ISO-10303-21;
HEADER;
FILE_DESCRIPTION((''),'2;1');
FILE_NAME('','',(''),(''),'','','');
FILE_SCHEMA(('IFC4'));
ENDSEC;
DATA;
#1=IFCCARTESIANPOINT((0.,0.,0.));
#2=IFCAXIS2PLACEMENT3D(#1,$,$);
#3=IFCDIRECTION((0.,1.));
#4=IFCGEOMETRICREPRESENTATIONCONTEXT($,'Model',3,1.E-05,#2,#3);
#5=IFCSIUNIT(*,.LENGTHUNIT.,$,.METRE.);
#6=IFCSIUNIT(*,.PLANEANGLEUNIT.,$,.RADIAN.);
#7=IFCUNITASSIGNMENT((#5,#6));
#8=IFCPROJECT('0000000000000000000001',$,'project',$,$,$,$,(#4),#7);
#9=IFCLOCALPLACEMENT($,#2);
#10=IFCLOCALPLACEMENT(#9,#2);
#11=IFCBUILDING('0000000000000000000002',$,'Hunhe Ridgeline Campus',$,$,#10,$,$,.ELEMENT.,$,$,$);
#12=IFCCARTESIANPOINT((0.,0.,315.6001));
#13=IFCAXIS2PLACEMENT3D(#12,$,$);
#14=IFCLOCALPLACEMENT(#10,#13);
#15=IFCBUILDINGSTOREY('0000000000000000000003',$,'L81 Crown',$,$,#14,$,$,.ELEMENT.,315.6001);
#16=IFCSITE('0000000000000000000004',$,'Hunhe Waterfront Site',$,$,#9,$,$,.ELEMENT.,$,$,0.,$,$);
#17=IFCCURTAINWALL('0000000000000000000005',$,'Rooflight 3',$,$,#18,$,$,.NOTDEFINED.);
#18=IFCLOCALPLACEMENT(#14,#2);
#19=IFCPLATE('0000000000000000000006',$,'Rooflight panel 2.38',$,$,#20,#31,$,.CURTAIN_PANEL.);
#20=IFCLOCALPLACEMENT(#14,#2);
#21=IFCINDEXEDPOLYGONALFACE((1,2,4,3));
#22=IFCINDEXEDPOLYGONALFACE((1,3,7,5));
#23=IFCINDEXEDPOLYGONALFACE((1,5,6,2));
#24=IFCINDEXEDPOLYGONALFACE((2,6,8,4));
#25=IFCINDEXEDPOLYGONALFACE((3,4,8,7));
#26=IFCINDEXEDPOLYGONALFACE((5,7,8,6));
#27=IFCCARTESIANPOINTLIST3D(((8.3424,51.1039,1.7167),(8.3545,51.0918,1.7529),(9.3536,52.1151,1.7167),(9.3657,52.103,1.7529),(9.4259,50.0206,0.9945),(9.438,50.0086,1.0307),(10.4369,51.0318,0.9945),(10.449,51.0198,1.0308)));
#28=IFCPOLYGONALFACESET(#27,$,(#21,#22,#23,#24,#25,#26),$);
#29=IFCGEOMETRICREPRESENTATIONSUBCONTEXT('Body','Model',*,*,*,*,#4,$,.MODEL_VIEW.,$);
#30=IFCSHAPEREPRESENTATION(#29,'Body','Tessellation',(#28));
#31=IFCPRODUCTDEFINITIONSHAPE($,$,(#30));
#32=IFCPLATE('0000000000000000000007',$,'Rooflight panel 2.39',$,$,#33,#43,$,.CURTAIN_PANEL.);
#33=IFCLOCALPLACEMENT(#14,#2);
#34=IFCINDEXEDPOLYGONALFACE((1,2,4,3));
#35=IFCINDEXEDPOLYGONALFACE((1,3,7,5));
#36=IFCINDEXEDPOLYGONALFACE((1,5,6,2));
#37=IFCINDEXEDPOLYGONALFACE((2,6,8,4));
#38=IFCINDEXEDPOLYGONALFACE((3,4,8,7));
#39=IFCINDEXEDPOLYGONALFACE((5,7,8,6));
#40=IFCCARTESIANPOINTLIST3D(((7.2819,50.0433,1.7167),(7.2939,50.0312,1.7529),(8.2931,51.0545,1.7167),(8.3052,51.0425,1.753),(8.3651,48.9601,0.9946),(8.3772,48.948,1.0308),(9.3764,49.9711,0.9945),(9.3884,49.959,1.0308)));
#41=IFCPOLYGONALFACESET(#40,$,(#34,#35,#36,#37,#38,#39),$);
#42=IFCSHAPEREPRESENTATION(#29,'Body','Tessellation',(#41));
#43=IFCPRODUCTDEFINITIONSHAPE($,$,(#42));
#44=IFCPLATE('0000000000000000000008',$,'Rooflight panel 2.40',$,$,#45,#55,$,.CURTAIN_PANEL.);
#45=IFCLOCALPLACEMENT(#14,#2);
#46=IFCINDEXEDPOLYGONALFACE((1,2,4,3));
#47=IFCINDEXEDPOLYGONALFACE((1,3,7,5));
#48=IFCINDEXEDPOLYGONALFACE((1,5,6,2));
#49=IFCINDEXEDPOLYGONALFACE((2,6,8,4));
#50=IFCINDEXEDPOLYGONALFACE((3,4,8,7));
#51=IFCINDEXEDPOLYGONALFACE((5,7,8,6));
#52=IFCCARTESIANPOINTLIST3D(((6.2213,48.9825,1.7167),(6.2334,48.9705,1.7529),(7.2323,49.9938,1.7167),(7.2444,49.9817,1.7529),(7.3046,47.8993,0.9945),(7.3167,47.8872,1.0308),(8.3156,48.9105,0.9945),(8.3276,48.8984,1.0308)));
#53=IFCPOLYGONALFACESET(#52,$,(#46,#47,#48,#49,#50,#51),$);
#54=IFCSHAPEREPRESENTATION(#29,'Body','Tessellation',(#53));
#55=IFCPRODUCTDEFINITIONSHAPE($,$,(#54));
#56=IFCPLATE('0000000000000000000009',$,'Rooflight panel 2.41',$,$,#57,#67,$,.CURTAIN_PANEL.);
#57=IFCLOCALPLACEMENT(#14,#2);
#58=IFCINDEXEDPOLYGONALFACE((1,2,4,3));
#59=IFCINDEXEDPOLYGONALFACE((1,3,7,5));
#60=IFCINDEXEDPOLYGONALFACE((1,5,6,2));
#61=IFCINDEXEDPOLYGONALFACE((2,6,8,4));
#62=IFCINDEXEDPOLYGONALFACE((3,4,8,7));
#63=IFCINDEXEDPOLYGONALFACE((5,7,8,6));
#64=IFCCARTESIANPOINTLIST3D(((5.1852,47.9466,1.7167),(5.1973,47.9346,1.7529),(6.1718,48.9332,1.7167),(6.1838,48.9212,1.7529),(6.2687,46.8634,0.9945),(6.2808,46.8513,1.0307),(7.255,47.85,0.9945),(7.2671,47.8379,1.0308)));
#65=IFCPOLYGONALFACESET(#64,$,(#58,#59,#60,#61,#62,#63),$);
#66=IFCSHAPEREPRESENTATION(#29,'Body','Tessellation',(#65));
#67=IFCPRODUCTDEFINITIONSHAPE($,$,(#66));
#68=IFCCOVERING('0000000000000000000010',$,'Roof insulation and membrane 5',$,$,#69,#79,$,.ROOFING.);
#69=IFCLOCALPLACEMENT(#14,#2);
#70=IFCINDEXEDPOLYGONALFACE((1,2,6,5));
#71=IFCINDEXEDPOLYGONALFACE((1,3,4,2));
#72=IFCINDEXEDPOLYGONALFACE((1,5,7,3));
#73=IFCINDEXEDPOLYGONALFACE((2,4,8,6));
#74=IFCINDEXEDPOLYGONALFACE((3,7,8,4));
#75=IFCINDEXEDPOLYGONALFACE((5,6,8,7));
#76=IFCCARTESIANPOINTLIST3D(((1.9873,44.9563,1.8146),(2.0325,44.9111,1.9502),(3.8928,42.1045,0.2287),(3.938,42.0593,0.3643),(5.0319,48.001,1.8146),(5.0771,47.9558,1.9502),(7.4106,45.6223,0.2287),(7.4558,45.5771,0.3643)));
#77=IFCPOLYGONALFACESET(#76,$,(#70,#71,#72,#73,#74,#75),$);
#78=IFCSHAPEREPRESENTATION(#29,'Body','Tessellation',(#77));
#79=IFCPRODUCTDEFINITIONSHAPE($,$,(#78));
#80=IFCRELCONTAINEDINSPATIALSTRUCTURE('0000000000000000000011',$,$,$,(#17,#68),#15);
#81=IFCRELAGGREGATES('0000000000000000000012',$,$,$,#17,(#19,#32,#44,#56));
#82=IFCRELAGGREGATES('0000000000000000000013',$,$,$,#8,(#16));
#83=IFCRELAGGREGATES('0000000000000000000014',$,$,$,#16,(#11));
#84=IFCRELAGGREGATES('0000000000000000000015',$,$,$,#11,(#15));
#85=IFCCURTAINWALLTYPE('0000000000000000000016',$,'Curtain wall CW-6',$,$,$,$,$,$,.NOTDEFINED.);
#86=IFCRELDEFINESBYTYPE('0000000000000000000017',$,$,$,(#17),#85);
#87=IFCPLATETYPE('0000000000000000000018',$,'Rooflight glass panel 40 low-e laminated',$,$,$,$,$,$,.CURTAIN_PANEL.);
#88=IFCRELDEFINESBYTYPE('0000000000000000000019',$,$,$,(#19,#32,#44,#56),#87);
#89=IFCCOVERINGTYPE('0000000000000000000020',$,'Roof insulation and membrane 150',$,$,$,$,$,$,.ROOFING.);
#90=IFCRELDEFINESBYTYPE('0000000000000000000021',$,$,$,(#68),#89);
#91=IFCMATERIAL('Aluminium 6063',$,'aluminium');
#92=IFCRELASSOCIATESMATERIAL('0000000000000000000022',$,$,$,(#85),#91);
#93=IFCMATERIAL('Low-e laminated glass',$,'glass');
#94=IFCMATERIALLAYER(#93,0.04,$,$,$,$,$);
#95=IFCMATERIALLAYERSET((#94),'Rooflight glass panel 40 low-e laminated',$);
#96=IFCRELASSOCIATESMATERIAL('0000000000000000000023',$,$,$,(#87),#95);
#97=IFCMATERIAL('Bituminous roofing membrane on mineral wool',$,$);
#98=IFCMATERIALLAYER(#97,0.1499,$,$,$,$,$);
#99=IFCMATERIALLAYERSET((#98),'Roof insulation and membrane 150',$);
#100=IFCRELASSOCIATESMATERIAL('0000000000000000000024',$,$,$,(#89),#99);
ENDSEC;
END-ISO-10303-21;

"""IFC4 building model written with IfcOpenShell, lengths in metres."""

from ifc_helpers import new_model, si_unit, direction, frame, origin, place, context, subcontext, project, spatial, polyline, outline, extrude, material, layer, layer_set, type_object, element, aggregate, save


model = new_model("IFC4")

# Units and contexts
model_context = context("Model", 3, precision=1e-05, world=origin(), true_north=direction((0.0, 1.0)))
body_context = subcontext(model_context, "Body", "Model", "MODEL_VIEW")
ifc_project = project(units=[si_unit("LENGTHUNIT", "METRE"), si_unit("PLANEANGLEUNIT", "RADIAN")], contexts=[model_context])

# Site, building, storey
site_placement = place(None, origin())
site = spatial("IfcSite", under=ifc_project, at=site_placement, Name="Hunhe Waterfront Site", CompositionType="ELEMENT", RefElevation=0.0)
building_placement = place(site_placement, origin())
building = spatial("IfcBuilding", under=site, at=building_placement, Name="Hunhe Ridgeline Campus", CompositionType="ELEMENT")
storey_placement = place(building_placement, frame((0.0, 0.0, 315.6001)))
storey = spatial("IfcBuildingStorey", under=building, at=storey_placement, Name="L81 Crown", CompositionType="ELEMENT", Elevation=315.6001)

# Curtain wall
ifc_material_1 = material(Name="Aluminium 6063", Category="aluminium")
curtain_wall_type = type_object("IfcCurtainWallType", Name="Curtain wall CW-6", PredefinedType="NOTDEFINED", material=ifc_material_1)
curtain_wall_1_placement = place(storey_placement, origin())
curtain_wall_1 = element("IfcCurtainWall", 1, at=curtain_wall_1_placement, inside=storey, type_object=curtain_wall_type, Name="Rooflight 3", PredefinedType="NOTDEFINED")

# Plates
ifc_material_2 = material(Name="Low-e laminated glass", Category="glass")
ifc_layer_1 = layer(ifc_material_2, 0.04)
ifc_layer_set_1 = layer_set([ifc_layer_1], Name="Rooflight glass panel 40 low-e laminated")
plate_type = type_object("IfcPlateType", Name="Rooflight glass panel 40 low-e laminated", PredefinedType="CURTAIN_PANEL", material=ifc_layer_set_1)
plate_1_placement = place(storey_placement, frame((10.449, 51.0198, 1.0308), z_axis=(0.301516, -0.301479, 0.904543), x_axis=(-0.639609, 0.639609, 0.426382)))
plate_1 = element("IfcPlate", 2, at=plate_1_placement, type_object=plate_type, Name="Rooflight panel 2.38", PredefinedType="CURTAIN_PANEL", context=body_context, shape_type="SweptSolid", body=[
    extrude(outline(polyline([(0.0, 0.0), (1.6936, 0.0), (1.6936, 1.4301), (-0.0002, 1.4299), (0.0, 0.0)])), origin(), (0.0, 0.0, -1.0), 0.04),
])
plate_2_placement = place(storey_placement, frame((9.3884, 49.959, 1.0308), z_axis=(0.301479, -0.301516, 0.904543), x_axis=(-0.639537, 0.639681, 0.426382)))
plate_2 = element("IfcPlate", 3, at=plate_2_placement, type_object=plate_type, Name="Rooflight panel 2.39", PredefinedType="CURTAIN_PANEL", context=body_context, shape_type="SweptSolid", body=[
    extrude(outline(polyline([(0.0, 0.0), (1.6938, 0.0), (1.6936, 1.4301), (0.0, 1.4299), (0.0, 0.0)])), origin(), (0.0, 0.0, -1.0), 0.04),
])
plate_3_placement = place(storey_placement, frame((8.3276, 48.8984, 1.0308), z_axis=(0.301548, -0.301475, 0.904534), x_axis=(-0.639602, 0.639602, 0.426401)))
plate_3 = element("IfcPlate", 4, at=plate_3_placement, type_object=plate_type, Name="Rooflight panel 2.40", PredefinedType="CURTAIN_PANEL", context=body_context, shape_type="SweptSolid", body=[
    extrude(outline(polyline([(0.0, 0.0), (1.6936, 0.0), (1.6935, 1.4299), (-0.0002, 1.4299), (0.0, 0.0)])), origin(), (0.0, 0.0, -1.0), 0.04),
])
plate_4_placement = place(storey_placement, frame((7.2671, 47.8379, 1.0308), z_axis=(0.301516, -0.301479, 0.904543), x_axis=(-0.639609, 0.639609, 0.426382)))
plate_4 = element("IfcPlate", 5, at=plate_4_placement, type_object=plate_type, Name="Rooflight panel 2.41", PredefinedType="CURTAIN_PANEL", context=body_context, shape_type="SweptSolid", body=[
    extrude(outline(polyline([(0.0, 0.0), (1.6936, 0.0), (1.6936, 1.3952), (-0.0002, 1.3951), (0.0, 0.0)])), origin(), (0.0, 0.0, -1.0), 0.04),
])
aggregate(curtain_wall_1, [plate_1, plate_2, plate_3, plate_4])

# Covering
ifc_material_3 = material(Name="Bituminous roofing membrane on mineral wool")
ifc_layer_2 = layer(ifc_material_3, 0.1499)
ifc_layer_set_2 = layer_set([ifc_layer_2], Name="Roof insulation and membrane 150")
covering_type = type_object("IfcCoveringType", Name="Roof insulation and membrane 150", PredefinedType="ROOFING", material=ifc_layer_set_2)
covering_1_placement = place(storey_placement, frame((7.4558, 45.5771, 0.3643), z_axis=(0.301537, -0.301537, 0.904517), x_axis=(-0.63959, 0.63959, 0.426437)))
element("IfcCovering", 6, at=covering_1_placement, inside=storey, type_object=covering_type, Name="Roof insulation and membrane 5", PredefinedType="ROOFING", context=body_context, shape_type="SweptSolid", body=[
    extrude(outline(polyline([(0.0, 0.0), (3.719, 0.0), (3.719, 4.3058), (0.0, 4.975), (0.0, 0.0)])), origin(), (0.0, 0.0, -1.0), 0.1499),
])

save(model, "model.ifc")
